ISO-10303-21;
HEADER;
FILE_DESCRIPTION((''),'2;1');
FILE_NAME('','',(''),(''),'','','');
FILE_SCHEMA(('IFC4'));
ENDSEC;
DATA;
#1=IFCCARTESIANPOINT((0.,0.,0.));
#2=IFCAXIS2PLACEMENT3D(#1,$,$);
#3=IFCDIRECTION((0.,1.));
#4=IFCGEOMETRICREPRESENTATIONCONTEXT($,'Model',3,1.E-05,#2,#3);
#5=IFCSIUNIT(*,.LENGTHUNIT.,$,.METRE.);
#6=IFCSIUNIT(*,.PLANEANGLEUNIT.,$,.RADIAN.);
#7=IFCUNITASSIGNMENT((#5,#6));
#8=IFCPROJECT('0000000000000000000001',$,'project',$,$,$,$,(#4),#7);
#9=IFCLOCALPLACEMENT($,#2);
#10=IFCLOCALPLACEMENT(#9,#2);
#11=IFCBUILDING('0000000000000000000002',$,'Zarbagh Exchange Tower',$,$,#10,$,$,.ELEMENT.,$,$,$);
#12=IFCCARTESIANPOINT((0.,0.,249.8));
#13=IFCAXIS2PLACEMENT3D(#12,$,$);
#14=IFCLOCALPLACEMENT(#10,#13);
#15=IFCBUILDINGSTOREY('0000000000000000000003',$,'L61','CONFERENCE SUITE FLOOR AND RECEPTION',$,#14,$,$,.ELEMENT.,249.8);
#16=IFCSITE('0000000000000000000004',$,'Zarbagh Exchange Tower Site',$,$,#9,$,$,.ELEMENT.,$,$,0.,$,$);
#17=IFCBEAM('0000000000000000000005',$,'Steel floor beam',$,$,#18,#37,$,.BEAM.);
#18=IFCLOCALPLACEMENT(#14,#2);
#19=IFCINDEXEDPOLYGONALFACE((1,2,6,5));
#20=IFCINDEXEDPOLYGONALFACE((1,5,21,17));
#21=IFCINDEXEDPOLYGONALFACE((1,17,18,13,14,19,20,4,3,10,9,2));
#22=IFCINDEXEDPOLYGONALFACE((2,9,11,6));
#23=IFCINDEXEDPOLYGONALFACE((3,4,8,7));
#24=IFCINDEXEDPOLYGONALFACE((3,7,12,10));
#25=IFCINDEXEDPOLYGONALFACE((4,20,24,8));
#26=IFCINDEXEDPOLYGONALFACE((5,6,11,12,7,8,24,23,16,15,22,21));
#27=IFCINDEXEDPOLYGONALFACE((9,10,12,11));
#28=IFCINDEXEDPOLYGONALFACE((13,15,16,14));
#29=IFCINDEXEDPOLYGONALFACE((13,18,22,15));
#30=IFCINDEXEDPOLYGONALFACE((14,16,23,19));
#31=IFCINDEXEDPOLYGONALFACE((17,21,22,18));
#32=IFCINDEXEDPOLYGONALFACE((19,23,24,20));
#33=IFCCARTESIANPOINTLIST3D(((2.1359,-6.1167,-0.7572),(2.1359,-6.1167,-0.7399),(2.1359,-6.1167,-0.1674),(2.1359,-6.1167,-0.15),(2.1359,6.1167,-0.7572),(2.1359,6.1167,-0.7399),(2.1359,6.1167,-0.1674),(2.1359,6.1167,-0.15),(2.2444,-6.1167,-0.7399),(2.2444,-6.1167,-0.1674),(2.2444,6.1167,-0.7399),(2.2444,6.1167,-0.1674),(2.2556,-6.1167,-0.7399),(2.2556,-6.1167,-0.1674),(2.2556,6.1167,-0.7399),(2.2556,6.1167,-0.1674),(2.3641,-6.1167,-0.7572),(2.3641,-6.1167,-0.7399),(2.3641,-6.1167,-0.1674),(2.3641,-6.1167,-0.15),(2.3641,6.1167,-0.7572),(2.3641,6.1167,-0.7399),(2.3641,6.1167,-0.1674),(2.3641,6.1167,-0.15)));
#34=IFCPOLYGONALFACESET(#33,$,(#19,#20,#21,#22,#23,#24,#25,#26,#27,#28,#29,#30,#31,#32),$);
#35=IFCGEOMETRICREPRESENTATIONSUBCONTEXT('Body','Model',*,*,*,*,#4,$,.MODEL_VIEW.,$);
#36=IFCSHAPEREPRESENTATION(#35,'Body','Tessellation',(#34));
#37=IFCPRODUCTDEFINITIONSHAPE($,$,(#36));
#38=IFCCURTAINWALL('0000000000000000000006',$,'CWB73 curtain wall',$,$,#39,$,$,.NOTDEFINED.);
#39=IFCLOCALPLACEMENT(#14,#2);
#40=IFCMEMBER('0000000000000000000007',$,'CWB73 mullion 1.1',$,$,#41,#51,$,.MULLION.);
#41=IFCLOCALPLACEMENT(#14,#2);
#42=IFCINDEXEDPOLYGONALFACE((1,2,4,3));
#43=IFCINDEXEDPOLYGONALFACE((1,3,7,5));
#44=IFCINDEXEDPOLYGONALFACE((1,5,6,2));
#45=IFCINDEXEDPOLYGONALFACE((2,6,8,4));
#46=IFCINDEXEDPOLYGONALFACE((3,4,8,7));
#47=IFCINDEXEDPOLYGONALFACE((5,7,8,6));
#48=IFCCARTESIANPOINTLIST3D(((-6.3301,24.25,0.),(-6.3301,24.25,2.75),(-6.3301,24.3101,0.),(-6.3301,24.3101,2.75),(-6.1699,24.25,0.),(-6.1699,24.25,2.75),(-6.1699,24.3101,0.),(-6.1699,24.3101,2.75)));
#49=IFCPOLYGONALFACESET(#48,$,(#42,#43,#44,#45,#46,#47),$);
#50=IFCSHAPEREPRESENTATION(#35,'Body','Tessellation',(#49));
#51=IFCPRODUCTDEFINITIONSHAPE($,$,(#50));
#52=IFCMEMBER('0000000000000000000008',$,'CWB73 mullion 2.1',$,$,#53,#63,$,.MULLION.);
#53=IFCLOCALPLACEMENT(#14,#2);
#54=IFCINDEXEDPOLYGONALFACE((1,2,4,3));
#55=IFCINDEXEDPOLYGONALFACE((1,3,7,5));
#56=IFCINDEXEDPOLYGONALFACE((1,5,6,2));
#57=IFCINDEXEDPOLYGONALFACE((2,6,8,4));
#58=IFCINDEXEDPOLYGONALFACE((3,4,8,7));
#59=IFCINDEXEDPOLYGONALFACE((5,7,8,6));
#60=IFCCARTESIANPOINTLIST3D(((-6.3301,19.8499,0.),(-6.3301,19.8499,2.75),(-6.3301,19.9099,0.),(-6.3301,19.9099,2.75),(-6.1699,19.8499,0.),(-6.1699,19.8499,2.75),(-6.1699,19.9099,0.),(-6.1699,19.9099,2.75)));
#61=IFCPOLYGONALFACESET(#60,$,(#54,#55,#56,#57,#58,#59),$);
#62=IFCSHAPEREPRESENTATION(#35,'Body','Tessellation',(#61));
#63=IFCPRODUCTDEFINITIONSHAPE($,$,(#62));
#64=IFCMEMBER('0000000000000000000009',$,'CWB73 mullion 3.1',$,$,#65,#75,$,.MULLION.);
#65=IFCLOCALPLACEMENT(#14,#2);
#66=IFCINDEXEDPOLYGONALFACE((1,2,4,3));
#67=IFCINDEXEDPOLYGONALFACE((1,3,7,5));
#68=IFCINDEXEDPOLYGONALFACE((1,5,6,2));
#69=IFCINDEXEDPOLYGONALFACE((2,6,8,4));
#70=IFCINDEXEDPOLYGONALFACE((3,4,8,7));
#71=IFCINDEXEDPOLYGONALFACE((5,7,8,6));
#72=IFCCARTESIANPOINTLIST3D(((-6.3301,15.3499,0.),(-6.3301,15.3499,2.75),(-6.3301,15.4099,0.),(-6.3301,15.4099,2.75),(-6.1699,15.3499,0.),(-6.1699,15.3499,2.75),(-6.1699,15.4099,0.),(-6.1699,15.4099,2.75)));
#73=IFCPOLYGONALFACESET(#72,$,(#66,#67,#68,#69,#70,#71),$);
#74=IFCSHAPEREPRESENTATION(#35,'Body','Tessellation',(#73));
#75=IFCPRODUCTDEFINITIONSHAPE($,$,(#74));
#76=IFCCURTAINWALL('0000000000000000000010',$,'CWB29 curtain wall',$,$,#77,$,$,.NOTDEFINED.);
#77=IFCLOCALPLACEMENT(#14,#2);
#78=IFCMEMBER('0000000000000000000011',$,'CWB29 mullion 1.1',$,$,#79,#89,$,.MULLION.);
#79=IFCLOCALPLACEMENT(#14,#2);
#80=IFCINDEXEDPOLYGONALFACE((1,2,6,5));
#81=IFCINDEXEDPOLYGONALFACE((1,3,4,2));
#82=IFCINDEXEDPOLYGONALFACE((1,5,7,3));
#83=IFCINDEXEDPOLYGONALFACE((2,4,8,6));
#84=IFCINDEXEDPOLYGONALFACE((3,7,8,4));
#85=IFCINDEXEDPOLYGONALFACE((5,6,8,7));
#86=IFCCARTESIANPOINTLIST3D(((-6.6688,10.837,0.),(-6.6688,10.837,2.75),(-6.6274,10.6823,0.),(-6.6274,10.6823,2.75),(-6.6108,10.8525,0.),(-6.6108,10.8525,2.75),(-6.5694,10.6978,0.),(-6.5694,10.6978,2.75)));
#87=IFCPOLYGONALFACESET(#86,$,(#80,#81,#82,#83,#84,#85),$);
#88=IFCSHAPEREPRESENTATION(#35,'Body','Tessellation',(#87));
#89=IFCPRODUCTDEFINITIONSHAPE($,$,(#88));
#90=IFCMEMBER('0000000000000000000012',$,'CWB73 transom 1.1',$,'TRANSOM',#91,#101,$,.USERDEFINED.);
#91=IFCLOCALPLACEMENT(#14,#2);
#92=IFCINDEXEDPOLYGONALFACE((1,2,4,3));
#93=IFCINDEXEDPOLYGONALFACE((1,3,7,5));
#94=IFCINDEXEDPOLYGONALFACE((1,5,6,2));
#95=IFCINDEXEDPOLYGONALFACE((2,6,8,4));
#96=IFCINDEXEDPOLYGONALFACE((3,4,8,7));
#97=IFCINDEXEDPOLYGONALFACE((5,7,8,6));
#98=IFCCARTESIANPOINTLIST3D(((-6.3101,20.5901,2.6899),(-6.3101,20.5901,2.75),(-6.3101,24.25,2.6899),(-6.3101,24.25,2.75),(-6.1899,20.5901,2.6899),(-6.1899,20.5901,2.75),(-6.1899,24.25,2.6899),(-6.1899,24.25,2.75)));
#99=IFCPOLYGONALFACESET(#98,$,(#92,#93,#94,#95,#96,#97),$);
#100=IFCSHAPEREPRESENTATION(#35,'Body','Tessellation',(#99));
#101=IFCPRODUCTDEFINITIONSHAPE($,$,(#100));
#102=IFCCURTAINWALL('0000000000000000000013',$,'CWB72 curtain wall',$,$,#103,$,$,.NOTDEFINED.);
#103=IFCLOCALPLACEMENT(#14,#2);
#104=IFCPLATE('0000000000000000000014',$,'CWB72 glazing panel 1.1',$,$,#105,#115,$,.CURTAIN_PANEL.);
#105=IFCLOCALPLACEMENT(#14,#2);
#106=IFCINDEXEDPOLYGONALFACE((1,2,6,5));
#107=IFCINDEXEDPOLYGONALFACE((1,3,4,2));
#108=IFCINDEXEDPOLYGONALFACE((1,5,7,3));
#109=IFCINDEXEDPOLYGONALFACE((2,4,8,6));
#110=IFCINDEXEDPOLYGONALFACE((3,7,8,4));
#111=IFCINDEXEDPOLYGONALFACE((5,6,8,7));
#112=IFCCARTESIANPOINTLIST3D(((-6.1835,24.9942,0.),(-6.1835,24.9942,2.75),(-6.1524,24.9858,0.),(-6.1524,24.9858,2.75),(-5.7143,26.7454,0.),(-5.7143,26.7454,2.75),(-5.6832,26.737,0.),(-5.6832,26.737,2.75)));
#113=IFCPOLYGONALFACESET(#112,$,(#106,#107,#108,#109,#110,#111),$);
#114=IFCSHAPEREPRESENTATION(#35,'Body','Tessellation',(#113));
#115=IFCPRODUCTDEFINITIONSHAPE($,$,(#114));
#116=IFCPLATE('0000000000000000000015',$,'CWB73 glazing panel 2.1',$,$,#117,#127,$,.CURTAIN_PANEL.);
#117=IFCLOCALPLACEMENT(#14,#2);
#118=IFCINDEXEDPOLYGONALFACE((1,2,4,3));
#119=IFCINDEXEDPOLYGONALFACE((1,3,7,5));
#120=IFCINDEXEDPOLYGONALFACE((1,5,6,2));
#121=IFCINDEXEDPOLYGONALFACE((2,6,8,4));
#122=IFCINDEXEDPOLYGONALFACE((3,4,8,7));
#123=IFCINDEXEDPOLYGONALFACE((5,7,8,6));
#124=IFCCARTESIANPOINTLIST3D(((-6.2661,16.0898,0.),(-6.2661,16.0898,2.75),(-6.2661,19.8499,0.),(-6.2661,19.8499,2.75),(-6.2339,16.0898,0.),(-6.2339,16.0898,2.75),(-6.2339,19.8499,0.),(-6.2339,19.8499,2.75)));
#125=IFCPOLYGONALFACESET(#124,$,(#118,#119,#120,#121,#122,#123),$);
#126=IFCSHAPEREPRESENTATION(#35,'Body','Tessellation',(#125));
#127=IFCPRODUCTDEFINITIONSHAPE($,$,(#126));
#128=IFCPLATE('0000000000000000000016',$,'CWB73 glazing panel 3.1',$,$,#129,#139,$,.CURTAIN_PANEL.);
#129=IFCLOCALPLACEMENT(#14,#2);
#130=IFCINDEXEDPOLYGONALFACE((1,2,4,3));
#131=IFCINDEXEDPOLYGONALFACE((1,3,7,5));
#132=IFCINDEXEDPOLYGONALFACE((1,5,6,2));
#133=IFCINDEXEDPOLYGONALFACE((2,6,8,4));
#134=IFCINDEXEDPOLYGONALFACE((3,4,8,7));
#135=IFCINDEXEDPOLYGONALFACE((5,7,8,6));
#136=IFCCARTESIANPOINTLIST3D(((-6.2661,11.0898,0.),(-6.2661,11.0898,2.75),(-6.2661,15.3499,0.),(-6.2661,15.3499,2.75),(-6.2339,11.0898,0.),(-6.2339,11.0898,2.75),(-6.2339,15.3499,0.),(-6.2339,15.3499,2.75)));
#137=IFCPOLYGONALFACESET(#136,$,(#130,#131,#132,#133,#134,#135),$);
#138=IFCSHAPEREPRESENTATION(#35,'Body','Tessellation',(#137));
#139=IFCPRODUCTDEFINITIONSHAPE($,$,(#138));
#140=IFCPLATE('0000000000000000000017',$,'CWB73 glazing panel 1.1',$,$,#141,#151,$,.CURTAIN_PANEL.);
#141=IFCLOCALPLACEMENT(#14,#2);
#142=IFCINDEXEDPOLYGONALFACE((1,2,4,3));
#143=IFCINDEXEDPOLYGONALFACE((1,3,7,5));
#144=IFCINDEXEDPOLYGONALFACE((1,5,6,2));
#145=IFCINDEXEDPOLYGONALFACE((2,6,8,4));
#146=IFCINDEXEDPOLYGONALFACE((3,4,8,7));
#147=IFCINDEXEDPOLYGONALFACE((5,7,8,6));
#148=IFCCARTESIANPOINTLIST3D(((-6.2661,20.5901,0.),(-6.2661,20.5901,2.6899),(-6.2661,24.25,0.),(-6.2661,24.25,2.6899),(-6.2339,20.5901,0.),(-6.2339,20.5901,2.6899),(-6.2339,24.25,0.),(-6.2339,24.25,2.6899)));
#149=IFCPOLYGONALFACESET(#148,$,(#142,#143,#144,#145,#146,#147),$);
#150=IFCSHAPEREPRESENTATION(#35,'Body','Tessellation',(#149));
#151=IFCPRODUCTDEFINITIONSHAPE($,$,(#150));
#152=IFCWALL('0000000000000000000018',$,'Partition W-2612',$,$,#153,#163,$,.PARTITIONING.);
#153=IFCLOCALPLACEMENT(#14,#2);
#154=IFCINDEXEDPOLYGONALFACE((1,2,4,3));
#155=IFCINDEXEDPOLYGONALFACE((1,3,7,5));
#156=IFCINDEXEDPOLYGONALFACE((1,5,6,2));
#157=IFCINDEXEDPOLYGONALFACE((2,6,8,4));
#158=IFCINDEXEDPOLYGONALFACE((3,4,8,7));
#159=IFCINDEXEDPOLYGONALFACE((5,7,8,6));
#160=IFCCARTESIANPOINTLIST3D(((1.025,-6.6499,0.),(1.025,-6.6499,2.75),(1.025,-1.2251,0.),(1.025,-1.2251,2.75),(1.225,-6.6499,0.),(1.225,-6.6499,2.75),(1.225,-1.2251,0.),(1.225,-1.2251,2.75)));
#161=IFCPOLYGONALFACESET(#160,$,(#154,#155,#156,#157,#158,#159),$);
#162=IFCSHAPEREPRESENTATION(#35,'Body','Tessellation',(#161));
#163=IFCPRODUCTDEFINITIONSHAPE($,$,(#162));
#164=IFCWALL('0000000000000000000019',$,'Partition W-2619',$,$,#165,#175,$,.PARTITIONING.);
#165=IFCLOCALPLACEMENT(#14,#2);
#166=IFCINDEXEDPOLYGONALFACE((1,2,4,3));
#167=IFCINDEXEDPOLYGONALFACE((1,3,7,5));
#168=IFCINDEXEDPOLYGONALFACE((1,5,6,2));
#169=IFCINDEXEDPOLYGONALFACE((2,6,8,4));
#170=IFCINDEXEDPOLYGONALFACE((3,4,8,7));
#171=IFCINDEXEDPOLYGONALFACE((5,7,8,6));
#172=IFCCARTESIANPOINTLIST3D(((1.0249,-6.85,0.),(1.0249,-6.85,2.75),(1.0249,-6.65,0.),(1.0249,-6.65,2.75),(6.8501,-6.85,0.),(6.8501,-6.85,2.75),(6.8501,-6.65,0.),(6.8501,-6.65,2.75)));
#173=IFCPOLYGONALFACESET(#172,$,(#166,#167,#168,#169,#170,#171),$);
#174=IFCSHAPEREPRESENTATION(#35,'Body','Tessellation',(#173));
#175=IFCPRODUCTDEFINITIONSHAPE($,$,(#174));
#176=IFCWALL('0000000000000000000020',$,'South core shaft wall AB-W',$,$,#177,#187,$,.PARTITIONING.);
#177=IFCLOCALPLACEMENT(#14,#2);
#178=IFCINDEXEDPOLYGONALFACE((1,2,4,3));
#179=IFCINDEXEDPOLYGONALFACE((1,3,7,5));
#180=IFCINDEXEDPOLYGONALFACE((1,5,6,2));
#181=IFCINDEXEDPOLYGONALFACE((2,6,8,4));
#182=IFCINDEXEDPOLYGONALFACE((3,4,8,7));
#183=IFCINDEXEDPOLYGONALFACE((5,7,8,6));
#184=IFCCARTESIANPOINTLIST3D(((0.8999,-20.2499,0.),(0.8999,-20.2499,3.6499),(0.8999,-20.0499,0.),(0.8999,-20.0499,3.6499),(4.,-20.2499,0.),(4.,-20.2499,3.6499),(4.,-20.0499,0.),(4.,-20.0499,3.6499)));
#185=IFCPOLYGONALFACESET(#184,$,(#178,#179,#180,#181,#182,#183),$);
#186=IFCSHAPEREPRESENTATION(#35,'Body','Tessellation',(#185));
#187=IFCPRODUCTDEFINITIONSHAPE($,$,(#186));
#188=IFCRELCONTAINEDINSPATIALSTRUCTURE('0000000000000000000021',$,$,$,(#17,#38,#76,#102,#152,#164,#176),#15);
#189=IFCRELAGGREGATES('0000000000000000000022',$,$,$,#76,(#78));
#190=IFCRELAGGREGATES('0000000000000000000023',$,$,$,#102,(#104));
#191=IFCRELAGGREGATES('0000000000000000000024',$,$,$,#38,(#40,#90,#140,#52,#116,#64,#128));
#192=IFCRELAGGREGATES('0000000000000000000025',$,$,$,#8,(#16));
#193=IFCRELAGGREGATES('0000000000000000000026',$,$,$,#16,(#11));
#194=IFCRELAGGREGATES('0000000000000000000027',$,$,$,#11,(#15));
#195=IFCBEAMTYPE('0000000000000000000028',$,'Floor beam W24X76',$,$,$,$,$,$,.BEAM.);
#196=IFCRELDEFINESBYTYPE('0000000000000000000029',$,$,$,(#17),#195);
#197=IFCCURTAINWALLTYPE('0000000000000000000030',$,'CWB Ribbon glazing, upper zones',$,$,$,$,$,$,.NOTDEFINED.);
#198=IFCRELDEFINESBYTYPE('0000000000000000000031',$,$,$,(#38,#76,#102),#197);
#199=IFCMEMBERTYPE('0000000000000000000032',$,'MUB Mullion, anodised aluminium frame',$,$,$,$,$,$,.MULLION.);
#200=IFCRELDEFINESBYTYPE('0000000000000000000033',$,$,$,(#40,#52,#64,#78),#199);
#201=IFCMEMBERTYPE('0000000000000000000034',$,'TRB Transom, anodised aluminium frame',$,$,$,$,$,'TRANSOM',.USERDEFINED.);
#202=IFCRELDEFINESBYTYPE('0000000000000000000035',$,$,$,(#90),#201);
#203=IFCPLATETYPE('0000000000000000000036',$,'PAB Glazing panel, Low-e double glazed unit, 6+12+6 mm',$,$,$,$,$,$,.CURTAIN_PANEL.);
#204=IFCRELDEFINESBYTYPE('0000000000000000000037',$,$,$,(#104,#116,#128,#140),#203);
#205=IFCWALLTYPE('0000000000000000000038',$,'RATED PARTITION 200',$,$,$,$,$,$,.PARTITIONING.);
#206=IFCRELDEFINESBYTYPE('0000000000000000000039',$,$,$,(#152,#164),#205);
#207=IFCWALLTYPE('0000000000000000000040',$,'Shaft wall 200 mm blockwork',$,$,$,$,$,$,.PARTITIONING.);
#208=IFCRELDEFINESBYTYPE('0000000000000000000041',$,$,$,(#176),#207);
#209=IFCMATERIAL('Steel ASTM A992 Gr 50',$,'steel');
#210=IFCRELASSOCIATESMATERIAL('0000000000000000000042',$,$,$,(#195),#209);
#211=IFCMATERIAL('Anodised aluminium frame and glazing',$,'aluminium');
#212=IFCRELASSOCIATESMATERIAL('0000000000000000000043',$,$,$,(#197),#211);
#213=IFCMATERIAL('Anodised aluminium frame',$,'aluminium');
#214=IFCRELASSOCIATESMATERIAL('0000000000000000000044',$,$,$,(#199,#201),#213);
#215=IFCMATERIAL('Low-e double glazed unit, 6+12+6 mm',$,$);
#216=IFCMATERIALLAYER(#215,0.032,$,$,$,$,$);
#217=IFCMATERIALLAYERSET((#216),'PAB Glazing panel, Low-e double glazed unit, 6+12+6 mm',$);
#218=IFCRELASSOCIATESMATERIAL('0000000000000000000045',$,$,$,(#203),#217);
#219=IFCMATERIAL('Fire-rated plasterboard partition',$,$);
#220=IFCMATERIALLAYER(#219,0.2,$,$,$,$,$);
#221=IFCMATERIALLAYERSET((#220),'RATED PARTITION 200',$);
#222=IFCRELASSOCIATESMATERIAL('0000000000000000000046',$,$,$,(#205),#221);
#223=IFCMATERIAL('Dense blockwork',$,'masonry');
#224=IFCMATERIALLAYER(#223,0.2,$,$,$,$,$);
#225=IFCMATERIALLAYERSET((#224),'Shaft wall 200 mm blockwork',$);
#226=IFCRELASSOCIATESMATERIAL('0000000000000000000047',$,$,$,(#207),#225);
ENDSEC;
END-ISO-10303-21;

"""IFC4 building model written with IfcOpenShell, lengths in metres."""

from ifc_helpers import new_model, si_unit, direction, frame, frame_2d, origin, origin_2d, place, context, subcontext, project, spatial, polyline, rectangle, i_section, outline, extrude, source, transform, mapped, material, layer, layer_set, material_profile, profile_set, type_object, element, aggregate, save


model = new_model("IFC4")

# Units and contexts
model_context = context("Model", 3, precision=1e-05, world=origin(), true_north=direction((0.0, 1.0)))
body_context = subcontext(model_context, "Body", "Model", "MODEL_VIEW")
ifc_project = project(units=[si_unit("LENGTHUNIT", "METRE"), si_unit("PLANEANGLEUNIT", "RADIAN")], contexts=[model_context])

# Site, building, storey
site_placement = place(None, origin())
site = spatial("IfcSite", under=ifc_project, at=site_placement, Name="Zarbagh Exchange Tower Site", CompositionType="ELEMENT", RefElevation=0.0)
building_placement = place(site_placement, origin())
building = spatial("IfcBuilding", under=site, at=building_placement, Name="Zarbagh Exchange Tower", CompositionType="ELEMENT")
storey_placement = place(building_placement, frame((0.0, 0.0, 249.8)))
storey = spatial("IfcBuildingStorey", under=building, at=storey_placement, Name="L61", Description="CONFERENCE SUITE FLOOR AND RECEPTION", CompositionType="ELEMENT", Elevation=249.8)

# Beam
ifc_material_1 = material(Name="Steel ASTM A992 Gr 50", Category="steel")
ifc_material_profile = material_profile(ifc_material_1, i_section(OverallWidth=0.2283, OverallDepth=0.6072, WebThickness=0.0112, FlangeThickness=0.0173, at=origin_2d()), Name="W24X76")
ifc_profile_set = profile_set([ifc_material_profile], Name="Steel ASTM A992 Gr 50")
beam_type = type_object("IfcBeamType", Name="Floor beam W24X76", PredefinedType="BEAM", material=ifc_profile_set)
beam_placement = place(storey_placement, frame((2.25, -6.1167, -0.4536), z_axis=(0.0, 1.0, 0.0), x_axis=(-1.0, 0.0, 0.0)))
element("IfcBeam", 1, at=beam_placement, inside=storey, type_object=beam_type, Name="Steel floor beam", PredefinedType="BEAM", context=body_context, shape_type="SweptSolid", body=[
    extrude(i_section(OverallWidth=0.2283, OverallDepth=0.6072, WebThickness=0.0112, FlangeThickness=0.0173, at=origin_2d()), origin(), (0.0, 0.0, 1.0), 12.2334),
])

# Curtain wall, members
ifc_material_2 = material(Name="Anodised aluminium frame and glazing", Category="aluminium")
curtain_wall_type = type_object("IfcCurtainWallType", Name="CWB Ribbon glazing, upper zones", PredefinedType="NOTDEFINED", material=ifc_material_2)
curtain_wall_1_placement = place(storey_placement, origin())
curtain_wall_1 = element("IfcCurtainWall", 2, at=curtain_wall_1_placement, inside=storey, type_object=curtain_wall_type, Name="CWB73 curtain wall", PredefinedType="NOTDEFINED")
ifc_material_3 = material(Name="Anodised aluminium frame", Category="aluminium")
member_type_1 = type_object("IfcMemberType", Name="MUB Mullion, anodised aluminium frame", PredefinedType="MULLION", material=ifc_material_3)
shared_shape_1 = source(origin(), body_context, "Body", "SweptSolid", [
    extrude(outline(polyline([(0.0, -0.0801), (0.0601, -0.0801), (0.0601, 0.0801), (0.0, 0.0801), (0.0, -0.0801)])), origin(), (0.0, 0.0, 1.0), 2.75),
])
placement = place(storey_placement, origin())
member_1 = element("IfcMember", 3, at=placement, type_object=member_type_1, Name="CWB73 mullion 1.1", PredefinedType="MULLION", context=body_context, shape_type="MappedRepresentation", body=[
    mapped(shared_shape_1, transform((-6.25, 24.3101, 0.0), x_axis=(0.0, -1.0, 0.0), y_axis=(1.0, 0.0, 0.0), z_axis=(0.0, 0.0, 1.0))),
])
member_2 = element("IfcMember", 4, at=placement, type_object=member_type_1, Name="CWB73 mullion 2.1", PredefinedType="MULLION", context=body_context, shape_type="MappedRepresentation", body=[
    mapped(shared_shape_1, transform((-6.25, 19.9099, 0.0), x_axis=(0.0, -1.0, 0.0), y_axis=(1.0, 0.0, 0.0), z_axis=(0.0, 0.0, 1.0))),
])
member_3 = element("IfcMember", 5, at=placement, type_object=member_type_1, Name="CWB73 mullion 3.1", PredefinedType="MULLION", context=body_context, shape_type="MappedRepresentation", body=[
    mapped(shared_shape_1, transform((-6.25, 15.4099, 0.0), x_axis=(0.0, -1.0, 0.0), y_axis=(1.0, 0.0, 0.0), z_axis=(0.0, 0.0, 1.0))),
])

# Curtain wall, member
curtain_wall_2_placement = place(storey_placement, origin())
curtain_wall_2 = element("IfcCurtainWall", 6, at=curtain_wall_2_placement, inside=storey, type_object=curtain_wall_type, Name="CWB29 curtain wall", PredefinedType="NOTDEFINED")
member_4 = element("IfcMember", 7, at=placement, type_object=member_type_1, Name="CWB29 mullion 1.1", PredefinedType="MULLION", context=body_context, shape_type="MappedRepresentation", body=[
    mapped(shared_shape_1, transform((-6.5901, 10.7751, 0.0), x_axis=(-0.965924, -0.258825, 0.0), y_axis=(0.258825, -0.965924, 0.0), z_axis=(0.0, 0.0, 1.0))),
])
aggregate(curtain_wall_2, [member_4])

# Member
member_type_2 = type_object("IfcMemberType", Name="TRB Transom, anodised aluminium frame", ElementType="TRANSOM", PredefinedType="USERDEFINED", material=ifc_material_3)
shared_shape_2 = source(origin(), body_context, "Body", "SweptSolid", [
    extrude(outline(polyline([(-0.0601, -0.0601), (0.0, -0.0601), (0.0, 0.0601), (-0.0601, 0.0601), (-0.0601, -0.0601)])), origin(), (0.0, 0.0, 1.0), 3.6599),
])
member_5 = element("IfcMember", 8, at=placement, type_object=member_type_2, Name="CWB73 transom 1.1", ObjectType="TRANSOM", PredefinedType="USERDEFINED", context=body_context, shape_type="MappedRepresentation", body=[
    mapped(shared_shape_2, transform((-6.25, 24.25, 2.75), x_axis=(0.0, 0.0, 1.0), y_axis=(-1.0, 0.0, 0.0), z_axis=(0.0, -1.0, 0.0))),
])

# Curtain wall, plate
curtain_wall_3_placement = place(storey_placement, origin())
curtain_wall_3 = element("IfcCurtainWall", 9, at=curtain_wall_3_placement, inside=storey, type_object=curtain_wall_type, Name="CWB72 curtain wall", PredefinedType="NOTDEFINED")
ifc_material_4 = material(Name="Low-e double glazed unit, 6+12+6 mm")
ifc_layer_1 = layer(ifc_material_4, 0.032)
ifc_layer_set_1 = layer_set([ifc_layer_1], Name="PAB Glazing panel, Low-e double glazed unit, 6+12+6 mm")
plate_type = type_object("IfcPlateType", Name="PAB Glazing panel, Low-e double glazed unit, 6+12+6 mm", PredefinedType="CURTAIN_PANEL", material=ifc_layer_set_1)
shared_shape_3 = source(origin(), body_context, "Body", "SweptSolid", [
    extrude(outline(polyline([(0.0, -0.0161), (1.813, -0.0161), (1.813, 0.0161), (0.0, 0.0161), (0.0, -0.0161)])), origin(), (0.0, 0.0, 1.0), 2.75),
])
plate_1 = element("IfcPlate", 10, at=placement, type_object=plate_type, Name="CWB72 glazing panel 1.1", PredefinedType="CURTAIN_PANEL", context=body_context, shape_type="MappedRepresentation", body=[
    mapped(shared_shape_3, transform((-5.6987, 26.7412, 0.0), x_axis=(-0.258825, -0.965924, 0.0), y_axis=(0.965924, -0.258825, 0.0), z_axis=(0.0, 0.0, 1.0))),
])
aggregate(curtain_wall_3, [plate_1])

# Plates
shared_shape_4 = source(origin(), body_context, "Body", "SweptSolid", [
    extrude(outline(polyline([(0.0, -0.0161), (3.76, -0.0161), (3.76, 0.0161), (0.0, 0.0161), (0.0, -0.0161)])), origin(), (0.0, 0.0, 1.0), 2.75),
])
plate_2 = element("IfcPlate", 11, at=placement, type_object=plate_type, Name="CWB73 glazing panel 2.1", PredefinedType="CURTAIN_PANEL", context=body_context, shape_type="MappedRepresentation", body=[
    mapped(shared_shape_4, transform((-6.25, 19.8499, 0.0), x_axis=(0.0, -1.0, 0.0), y_axis=(1.0, 0.0, 0.0), z_axis=(0.0, 0.0, 1.0))),
])
shared_shape_5 = source(origin(), body_context, "Body", "SweptSolid", [
    extrude(outline(polyline([(0.0, -0.0161), (4.26, -0.0161), (4.26, 0.0161), (0.0, 0.0161), (0.0, -0.0161)])), origin(), (0.0, 0.0, 1.0), 2.75),
])
plate_3 = element("IfcPlate", 12, at=placement, type_object=plate_type, Name="CWB73 glazing panel 3.1", PredefinedType="CURTAIN_PANEL", context=body_context, shape_type="MappedRepresentation", body=[
    mapped(shared_shape_5, transform((-6.25, 15.3499, 0.0), x_axis=(0.0, -1.0, 0.0), y_axis=(1.0, 0.0, 0.0), z_axis=(0.0, 0.0, 1.0))),
])
shared_shape_6 = source(origin(), body_context, "Body", "SweptSolid", [
    extrude(outline(polyline([(0.0, -0.0161), (3.6599, -0.0161), (3.6599, 0.0161), (0.0, 0.0161), (0.0, -0.0161)])), origin(), (0.0, 0.0, 1.0), 2.6899),
])
plate_4 = element("IfcPlate", 13, at=placement, type_object=plate_type, Name="CWB73 glazing panel 1.1", PredefinedType="CURTAIN_PANEL", context=body_context, shape_type="MappedRepresentation", body=[
    mapped(shared_shape_6, transform((-6.25, 24.25, 0.0), x_axis=(0.0, -1.0, 0.0), y_axis=(1.0, 0.0, 0.0), z_axis=(0.0, 0.0, 1.0))),
])
aggregate(curtain_wall_1, [member_1, member_5, plate_4, member_2, plate_2, member_3, plate_3])

# Walls
ifc_material_5 = material(Name="Fire-rated plasterboard partition")
ifc_layer_2 = layer(ifc_material_5, 0.2)
ifc_layer_set_2 = layer_set([ifc_layer_2], Name="RATED PARTITION 200")
wall_type_1 = type_object("IfcWallType", Name="RATED PARTITION 200", PredefinedType="PARTITIONING", material=ifc_layer_set_2)
wall_1_placement = place(storey_placement, frame((1.125, -6.6499, 0.0), z_axis=(0.0, 0.0, 1.0), x_axis=(0.0, 1.0, 0.0)))
element("IfcWall", 14, at=wall_1_placement, inside=storey, type_object=wall_type_1, Name="Partition W-2612", PredefinedType="PARTITIONING", context=body_context, shape_type="SweptSolid", body=[
    extrude(rectangle(XDim=5.4248, YDim=0.2, at=frame_2d((2.7124, 0.0))), origin(), (0.0, 0.0, 1.0), 2.75),
])
wall_2_placement = place(storey_placement, frame((1.0249, -6.75, 0.0), z_axis=(0.0, 0.0, 1.0), x_axis=(1.0, 0.0, 0.0)))
element("IfcWall", 15, at=wall_2_placement, inside=storey, type_object=wall_type_1, Name="Partition W-2619", PredefinedType="PARTITIONING", context=body_context, shape_type="SweptSolid", body=[
    extrude(rectangle(XDim=5.8252, YDim=0.2, at=frame_2d((2.9126, 0.0))), origin(), (0.0, 0.0, 1.0), 2.75),
])
ifc_material_6 = material(Name="Dense blockwork", Category="masonry")
ifc_layer_3 = layer(ifc_material_6, 0.2)
ifc_layer_set_3 = layer_set([ifc_layer_3], Name="Shaft wall 200 mm blockwork")
wall_type_2 = type_object("IfcWallType", Name="Shaft wall 200 mm blockwork", PredefinedType="PARTITIONING", material=ifc_layer_set_3)
wall_3_placement = place(storey_placement, frame((4.0, -20.1499, 0.0), z_axis=(0.0, 0.0, 1.0), x_axis=(-1.0, 0.0, 0.0)))
element("IfcWall", 16, at=wall_3_placement, inside=storey, type_object=wall_type_2, Name="South core shaft wall AB-W", PredefinedType="PARTITIONING", context=body_context, shape_type="SweptSolid", body=[
    extrude(rectangle(XDim=3.1001, YDim=0.2, at=frame_2d((1.55, 0.0))), origin(), (0.0, 0.0, 1.0), 3.6499),
])

save(model, "model.ifc")
